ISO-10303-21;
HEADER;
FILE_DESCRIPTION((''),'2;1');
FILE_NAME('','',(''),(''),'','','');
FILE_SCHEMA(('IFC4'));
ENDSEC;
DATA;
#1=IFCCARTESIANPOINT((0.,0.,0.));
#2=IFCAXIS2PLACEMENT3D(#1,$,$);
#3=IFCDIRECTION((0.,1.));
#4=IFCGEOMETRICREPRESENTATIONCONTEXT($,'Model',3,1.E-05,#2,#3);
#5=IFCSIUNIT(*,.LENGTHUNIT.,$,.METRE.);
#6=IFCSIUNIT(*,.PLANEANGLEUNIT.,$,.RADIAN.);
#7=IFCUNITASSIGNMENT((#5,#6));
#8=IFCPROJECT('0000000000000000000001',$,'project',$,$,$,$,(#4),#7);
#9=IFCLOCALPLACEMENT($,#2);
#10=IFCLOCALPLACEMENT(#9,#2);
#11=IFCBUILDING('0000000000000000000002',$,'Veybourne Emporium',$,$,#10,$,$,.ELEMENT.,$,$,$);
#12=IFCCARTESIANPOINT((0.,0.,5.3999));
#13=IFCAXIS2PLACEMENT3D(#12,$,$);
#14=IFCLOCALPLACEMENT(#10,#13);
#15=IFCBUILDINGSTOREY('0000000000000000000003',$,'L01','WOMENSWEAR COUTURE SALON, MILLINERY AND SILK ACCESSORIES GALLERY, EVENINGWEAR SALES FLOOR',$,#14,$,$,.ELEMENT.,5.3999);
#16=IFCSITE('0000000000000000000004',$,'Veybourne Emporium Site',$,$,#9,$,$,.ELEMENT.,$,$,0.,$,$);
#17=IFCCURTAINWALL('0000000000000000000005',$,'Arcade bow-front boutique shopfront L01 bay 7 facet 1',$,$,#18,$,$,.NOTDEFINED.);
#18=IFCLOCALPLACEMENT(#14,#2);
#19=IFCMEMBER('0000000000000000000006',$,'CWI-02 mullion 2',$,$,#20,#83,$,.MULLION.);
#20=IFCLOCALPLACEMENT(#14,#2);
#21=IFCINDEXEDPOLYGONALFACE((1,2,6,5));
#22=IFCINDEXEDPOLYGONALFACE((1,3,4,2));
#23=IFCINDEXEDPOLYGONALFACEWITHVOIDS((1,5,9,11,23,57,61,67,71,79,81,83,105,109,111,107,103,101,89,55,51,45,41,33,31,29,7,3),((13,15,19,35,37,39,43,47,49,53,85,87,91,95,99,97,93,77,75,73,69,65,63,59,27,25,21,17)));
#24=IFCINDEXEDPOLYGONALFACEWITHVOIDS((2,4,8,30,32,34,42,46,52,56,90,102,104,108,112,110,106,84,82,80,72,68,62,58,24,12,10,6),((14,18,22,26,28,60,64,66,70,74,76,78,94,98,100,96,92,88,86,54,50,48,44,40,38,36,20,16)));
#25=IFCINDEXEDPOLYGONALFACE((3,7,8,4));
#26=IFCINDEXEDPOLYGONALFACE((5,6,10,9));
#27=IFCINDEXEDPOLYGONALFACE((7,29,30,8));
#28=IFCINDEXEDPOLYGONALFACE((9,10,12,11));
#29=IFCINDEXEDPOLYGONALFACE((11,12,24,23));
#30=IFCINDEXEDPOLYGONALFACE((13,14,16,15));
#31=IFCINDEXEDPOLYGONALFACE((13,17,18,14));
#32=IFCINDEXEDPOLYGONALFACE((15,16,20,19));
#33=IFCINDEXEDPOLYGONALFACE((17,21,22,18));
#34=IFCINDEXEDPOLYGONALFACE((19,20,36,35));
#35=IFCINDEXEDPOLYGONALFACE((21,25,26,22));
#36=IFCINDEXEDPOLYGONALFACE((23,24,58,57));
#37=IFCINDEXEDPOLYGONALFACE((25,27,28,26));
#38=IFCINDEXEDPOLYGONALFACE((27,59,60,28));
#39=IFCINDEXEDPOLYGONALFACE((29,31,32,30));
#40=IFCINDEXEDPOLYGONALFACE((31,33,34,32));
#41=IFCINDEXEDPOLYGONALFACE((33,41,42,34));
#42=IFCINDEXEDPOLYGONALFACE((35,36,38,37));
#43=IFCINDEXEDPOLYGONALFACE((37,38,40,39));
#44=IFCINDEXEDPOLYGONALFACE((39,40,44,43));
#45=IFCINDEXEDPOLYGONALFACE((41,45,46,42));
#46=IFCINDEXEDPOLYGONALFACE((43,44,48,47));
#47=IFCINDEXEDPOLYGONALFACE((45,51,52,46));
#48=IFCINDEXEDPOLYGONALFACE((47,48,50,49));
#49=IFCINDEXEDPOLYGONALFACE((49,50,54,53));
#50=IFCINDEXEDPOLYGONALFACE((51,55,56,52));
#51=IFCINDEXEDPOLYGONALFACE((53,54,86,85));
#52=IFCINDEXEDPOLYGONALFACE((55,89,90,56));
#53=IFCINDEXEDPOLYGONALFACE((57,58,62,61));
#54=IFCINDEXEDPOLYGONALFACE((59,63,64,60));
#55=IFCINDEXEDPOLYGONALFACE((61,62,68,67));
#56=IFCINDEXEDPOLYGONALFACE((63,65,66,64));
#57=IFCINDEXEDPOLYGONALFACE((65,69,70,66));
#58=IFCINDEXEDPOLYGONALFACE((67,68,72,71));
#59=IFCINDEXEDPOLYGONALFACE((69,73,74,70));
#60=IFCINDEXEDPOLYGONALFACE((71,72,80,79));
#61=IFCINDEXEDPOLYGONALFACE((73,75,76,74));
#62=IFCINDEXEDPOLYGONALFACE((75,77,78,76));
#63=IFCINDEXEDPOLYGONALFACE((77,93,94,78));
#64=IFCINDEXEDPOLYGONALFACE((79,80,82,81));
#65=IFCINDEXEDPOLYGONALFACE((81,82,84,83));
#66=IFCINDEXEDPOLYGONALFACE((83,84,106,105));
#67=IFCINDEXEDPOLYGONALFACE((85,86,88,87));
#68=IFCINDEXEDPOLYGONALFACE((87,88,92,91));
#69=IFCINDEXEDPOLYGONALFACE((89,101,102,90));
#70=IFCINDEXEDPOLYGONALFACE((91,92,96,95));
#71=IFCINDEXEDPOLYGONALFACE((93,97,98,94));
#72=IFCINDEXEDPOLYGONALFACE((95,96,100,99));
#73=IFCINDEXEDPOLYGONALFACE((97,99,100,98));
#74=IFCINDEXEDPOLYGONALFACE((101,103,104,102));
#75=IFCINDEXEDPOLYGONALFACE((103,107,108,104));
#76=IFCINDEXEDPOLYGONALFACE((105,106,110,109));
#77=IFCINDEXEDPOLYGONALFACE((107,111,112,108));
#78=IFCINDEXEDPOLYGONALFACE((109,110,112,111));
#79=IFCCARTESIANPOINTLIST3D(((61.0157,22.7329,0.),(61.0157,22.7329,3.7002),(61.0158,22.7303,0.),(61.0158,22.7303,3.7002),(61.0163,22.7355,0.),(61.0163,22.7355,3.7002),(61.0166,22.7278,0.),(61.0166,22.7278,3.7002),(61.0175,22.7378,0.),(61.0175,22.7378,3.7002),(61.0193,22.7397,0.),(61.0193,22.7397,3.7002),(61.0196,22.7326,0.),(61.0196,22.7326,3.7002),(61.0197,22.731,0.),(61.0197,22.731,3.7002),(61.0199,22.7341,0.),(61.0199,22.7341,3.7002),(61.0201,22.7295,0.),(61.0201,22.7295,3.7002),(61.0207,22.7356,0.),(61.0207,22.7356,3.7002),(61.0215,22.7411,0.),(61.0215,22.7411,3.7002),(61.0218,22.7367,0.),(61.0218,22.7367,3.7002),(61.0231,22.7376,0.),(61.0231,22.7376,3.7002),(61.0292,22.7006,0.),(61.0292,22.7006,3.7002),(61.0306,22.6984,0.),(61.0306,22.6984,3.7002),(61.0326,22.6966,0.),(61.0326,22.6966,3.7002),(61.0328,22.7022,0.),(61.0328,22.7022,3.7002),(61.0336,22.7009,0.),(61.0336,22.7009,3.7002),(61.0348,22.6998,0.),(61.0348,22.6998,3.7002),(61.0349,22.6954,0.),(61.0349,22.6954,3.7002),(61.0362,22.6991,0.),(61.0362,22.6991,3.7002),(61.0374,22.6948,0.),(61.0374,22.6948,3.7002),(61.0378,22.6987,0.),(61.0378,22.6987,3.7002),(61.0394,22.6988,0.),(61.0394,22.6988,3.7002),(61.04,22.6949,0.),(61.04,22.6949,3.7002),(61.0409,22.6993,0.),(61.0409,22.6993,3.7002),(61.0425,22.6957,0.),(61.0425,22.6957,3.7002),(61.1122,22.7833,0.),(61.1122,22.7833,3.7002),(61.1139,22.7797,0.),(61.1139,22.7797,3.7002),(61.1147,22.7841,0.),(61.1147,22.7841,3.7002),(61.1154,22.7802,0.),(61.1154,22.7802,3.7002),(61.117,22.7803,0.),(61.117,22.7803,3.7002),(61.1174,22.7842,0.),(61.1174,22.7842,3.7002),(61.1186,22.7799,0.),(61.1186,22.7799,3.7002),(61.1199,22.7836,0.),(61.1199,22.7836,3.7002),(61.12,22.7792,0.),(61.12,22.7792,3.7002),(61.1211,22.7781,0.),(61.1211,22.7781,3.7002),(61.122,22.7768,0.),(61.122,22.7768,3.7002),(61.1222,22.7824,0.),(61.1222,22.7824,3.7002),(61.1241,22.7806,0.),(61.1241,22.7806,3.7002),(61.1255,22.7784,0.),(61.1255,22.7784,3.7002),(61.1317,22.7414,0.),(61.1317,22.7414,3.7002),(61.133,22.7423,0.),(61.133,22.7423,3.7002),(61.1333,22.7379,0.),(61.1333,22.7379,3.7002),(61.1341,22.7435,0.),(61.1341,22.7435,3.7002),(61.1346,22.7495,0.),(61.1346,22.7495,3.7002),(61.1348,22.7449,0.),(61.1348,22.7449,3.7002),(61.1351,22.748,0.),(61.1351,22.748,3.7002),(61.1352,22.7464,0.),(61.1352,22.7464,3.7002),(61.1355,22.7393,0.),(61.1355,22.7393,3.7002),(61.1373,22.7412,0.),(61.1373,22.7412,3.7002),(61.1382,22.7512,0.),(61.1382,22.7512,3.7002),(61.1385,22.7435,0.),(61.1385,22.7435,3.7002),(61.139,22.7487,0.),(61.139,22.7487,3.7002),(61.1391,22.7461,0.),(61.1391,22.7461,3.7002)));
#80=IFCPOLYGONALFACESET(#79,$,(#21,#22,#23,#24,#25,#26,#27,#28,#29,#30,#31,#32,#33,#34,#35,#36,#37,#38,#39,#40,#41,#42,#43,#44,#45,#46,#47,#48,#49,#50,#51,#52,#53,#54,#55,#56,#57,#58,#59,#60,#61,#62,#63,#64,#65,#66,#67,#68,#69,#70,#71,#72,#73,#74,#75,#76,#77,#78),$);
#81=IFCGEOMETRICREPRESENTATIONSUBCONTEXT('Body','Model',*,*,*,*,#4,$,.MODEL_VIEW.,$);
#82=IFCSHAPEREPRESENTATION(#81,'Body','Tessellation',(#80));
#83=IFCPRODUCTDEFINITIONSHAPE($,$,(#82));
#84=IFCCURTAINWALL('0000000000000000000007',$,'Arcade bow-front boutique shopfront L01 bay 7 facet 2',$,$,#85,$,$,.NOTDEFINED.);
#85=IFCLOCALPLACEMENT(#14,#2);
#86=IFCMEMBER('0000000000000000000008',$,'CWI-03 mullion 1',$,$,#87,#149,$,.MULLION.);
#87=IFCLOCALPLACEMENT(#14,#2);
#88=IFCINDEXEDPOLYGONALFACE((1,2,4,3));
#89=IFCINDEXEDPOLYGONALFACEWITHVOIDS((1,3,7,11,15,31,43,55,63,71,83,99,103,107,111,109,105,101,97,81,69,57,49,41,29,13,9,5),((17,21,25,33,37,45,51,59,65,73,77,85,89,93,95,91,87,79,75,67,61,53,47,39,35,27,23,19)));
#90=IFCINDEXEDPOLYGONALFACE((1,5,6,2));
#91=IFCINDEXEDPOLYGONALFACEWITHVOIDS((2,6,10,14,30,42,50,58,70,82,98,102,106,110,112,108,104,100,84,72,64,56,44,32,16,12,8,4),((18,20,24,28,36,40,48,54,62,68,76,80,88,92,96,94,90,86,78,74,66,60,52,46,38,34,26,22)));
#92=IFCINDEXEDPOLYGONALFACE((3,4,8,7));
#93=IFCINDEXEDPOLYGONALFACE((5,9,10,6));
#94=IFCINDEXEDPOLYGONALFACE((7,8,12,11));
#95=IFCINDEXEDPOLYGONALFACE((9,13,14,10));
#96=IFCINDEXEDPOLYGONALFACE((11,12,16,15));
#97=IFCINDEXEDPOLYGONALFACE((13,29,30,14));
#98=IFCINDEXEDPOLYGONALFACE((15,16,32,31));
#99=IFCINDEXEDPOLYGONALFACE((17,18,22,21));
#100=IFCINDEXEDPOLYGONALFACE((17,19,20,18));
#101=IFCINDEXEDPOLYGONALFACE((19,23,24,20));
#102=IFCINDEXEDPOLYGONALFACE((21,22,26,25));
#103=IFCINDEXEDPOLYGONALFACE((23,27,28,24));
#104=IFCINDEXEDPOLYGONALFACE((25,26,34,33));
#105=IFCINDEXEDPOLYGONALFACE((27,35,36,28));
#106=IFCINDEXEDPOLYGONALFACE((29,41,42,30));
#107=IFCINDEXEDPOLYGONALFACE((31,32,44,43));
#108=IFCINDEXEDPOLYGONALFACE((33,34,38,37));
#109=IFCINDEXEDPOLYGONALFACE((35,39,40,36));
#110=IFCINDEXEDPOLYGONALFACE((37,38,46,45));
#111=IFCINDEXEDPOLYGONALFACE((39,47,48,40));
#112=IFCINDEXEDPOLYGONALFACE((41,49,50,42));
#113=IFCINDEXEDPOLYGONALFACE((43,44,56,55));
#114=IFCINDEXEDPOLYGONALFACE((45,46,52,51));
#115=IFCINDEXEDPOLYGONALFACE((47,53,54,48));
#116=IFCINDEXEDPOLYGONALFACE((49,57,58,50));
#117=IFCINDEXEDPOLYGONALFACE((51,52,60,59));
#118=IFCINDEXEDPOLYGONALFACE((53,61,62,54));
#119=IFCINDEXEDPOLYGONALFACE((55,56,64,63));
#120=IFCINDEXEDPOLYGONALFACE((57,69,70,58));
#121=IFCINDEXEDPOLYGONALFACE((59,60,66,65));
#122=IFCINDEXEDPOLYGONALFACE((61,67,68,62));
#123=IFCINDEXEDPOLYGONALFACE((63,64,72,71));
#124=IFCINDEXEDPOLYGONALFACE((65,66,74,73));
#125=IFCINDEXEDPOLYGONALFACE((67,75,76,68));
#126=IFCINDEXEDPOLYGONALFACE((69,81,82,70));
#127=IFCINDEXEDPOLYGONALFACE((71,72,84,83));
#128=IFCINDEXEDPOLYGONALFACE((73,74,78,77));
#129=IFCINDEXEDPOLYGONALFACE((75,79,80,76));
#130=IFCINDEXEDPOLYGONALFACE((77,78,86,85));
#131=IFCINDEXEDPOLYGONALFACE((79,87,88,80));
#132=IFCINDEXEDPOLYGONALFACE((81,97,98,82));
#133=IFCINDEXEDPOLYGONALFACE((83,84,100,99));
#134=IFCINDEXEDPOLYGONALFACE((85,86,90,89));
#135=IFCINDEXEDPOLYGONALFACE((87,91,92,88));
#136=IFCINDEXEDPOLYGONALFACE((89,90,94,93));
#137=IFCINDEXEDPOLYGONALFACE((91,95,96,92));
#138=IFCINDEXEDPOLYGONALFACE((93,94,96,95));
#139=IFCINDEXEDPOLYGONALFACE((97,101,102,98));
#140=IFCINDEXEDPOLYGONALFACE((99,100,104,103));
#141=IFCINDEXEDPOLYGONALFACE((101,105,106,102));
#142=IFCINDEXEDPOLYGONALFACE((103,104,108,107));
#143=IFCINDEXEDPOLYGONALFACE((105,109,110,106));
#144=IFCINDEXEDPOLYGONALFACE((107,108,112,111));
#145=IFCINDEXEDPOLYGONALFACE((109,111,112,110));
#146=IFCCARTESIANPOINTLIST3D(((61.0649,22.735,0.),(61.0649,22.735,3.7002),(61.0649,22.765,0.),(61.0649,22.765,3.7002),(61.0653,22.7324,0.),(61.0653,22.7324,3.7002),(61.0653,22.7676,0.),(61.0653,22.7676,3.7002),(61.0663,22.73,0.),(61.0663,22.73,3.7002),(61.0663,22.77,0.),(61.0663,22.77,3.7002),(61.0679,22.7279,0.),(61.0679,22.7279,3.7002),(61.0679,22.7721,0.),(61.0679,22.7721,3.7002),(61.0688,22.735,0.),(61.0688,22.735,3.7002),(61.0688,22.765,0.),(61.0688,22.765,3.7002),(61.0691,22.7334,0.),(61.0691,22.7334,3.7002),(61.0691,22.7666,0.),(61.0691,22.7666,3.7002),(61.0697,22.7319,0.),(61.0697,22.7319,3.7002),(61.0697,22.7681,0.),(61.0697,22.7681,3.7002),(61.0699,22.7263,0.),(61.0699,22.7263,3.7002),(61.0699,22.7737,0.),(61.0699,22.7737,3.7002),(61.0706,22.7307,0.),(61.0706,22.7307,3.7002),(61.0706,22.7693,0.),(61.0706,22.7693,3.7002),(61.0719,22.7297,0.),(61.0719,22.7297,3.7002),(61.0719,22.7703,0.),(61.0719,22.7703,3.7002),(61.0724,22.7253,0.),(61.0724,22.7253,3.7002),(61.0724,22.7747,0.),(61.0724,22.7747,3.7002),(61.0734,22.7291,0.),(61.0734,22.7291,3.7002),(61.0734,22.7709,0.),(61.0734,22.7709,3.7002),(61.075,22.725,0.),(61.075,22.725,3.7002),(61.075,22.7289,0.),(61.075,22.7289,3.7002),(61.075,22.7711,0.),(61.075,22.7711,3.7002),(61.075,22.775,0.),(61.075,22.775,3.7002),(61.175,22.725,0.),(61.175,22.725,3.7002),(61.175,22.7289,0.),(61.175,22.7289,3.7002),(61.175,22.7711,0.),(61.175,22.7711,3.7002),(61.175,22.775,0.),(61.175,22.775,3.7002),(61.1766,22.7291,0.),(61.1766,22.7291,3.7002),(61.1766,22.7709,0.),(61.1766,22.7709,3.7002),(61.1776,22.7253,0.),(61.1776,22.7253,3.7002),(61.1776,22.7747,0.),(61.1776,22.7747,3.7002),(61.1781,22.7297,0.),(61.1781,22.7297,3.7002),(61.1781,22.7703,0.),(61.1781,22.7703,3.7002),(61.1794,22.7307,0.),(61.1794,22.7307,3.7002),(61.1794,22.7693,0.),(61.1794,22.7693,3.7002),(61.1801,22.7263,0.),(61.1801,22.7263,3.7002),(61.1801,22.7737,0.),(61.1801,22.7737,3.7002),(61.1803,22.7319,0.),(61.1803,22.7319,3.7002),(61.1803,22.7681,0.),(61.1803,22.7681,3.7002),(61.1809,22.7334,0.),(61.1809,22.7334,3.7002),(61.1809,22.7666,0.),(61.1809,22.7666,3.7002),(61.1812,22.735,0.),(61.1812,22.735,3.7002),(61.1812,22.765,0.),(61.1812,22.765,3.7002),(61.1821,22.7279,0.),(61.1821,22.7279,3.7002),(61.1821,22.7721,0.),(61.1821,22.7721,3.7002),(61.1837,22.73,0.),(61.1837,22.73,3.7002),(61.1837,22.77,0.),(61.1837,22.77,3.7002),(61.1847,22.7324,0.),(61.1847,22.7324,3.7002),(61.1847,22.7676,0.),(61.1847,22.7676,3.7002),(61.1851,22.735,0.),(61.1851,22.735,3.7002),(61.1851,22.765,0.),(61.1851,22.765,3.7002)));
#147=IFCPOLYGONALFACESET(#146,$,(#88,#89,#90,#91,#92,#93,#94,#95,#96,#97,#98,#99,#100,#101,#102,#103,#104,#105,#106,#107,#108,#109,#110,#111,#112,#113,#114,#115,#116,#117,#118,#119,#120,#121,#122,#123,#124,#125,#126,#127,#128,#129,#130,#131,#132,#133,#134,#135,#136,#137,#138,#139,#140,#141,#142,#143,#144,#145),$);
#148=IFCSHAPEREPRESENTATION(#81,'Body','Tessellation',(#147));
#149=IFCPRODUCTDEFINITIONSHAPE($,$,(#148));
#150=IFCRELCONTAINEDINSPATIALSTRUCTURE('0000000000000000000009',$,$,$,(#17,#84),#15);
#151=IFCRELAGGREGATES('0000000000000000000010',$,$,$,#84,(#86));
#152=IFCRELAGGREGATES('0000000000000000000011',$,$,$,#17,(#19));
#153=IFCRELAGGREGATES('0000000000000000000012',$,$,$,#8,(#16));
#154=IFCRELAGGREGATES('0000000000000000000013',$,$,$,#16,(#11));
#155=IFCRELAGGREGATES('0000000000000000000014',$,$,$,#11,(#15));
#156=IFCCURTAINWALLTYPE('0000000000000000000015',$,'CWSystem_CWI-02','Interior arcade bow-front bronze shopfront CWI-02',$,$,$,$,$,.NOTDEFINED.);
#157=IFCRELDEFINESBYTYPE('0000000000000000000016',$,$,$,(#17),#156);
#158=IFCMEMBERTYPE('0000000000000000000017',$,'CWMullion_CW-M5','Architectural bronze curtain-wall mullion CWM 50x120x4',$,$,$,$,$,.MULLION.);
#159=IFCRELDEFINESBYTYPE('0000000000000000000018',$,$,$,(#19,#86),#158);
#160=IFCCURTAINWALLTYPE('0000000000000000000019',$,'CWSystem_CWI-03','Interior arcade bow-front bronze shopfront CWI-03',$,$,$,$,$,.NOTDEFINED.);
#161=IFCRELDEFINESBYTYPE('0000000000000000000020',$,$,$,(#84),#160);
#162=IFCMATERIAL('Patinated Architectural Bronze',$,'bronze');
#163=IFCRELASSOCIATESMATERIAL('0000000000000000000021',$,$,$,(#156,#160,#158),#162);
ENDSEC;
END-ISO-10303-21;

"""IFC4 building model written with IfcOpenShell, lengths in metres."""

from ifc_helpers import new_model, si_unit, direction, frame, origin, origin_2d, place, context, subcontext, project, spatial, hollow_rectangle, extrude, material, material_profile, profile_set, type_object, element, aggregate, save


model = new_model("IFC4")

# Units and contexts
model_context = context("Model", 3, precision=1e-05, world=origin(), true_north=direction((0.0, 1.0)))
body_context = subcontext(model_context, "Body", "Model", "MODEL_VIEW")
ifc_project = project(units=[si_unit("LENGTHUNIT", "METRE"), si_unit("PLANEANGLEUNIT", "RADIAN")], contexts=[model_context])

# Site, building, storey
site_placement = place(None, origin())
site = spatial("IfcSite", under=ifc_project, at=site_placement, Name="Veybourne Emporium Site", CompositionType="ELEMENT", RefElevation=0.0)
building_placement = place(site_placement, origin())
building = spatial("IfcBuilding", under=site, at=building_placement, Name="Veybourne Emporium", CompositionType="ELEMENT")
storey_placement = place(building_placement, frame((0.0, 0.0, 5.3999)))
storey = spatial("IfcBuildingStorey", under=building, at=storey_placement, Name="L01", Description="WOMENSWEAR COUTURE SALON, MILLINERY AND SILK ACCESSORIES GALLERY, EVENINGWEAR SALES FLOOR", CompositionType="ELEMENT", Elevation=5.3999)

# Shared definitions
ifc_material_1 = material(Name="Patinated Architectural Bronze", Category="bronze")

# Curtain wall, member
curtain_wall_type_1 = type_object("IfcCurtainWallType", Name="CWSystem_CWI-02", Description="Interior arcade bow-front bronze shopfront CWI-02", PredefinedType="NOTDEFINED", material=ifc_material_1)
curtain_wall_1_placement = place(storey_placement, origin())
curtain_wall_1 = element("IfcCurtainWall", 1, at=curtain_wall_1_placement, inside=storey, type_object=curtain_wall_type_1, Name="Arcade bow-front boutique shopfront L01 bay 7 facet 1", PredefinedType="NOTDEFINED")
ifc_material_profile_1 = material_profile(ifc_material_1, hollow_rectangle(XDim=0.05, YDim=0.1201, WallThickness=0.0039, InnerFilletRadius=0.0061, OuterFilletRadius=0.01, at=origin_2d()), Name="CWM 50x120x4")
ifc_profile_set_1 = profile_set([ifc_material_profile_1], Name="Patinated Architectural Bronze")
member_type_1 = type_object("IfcMemberType", Name="CWMullion_CW-M5", Description="Architectural bronze curtain-wall mullion CWM 50x120x4", PredefinedType="MULLION", material=ifc_profile_set_1)
member_1_placement = place(storey_placement, frame((61.0774, 22.7395, 0.0), z_axis=(0.0, 0.0, 1.0), x_axis=(-0.421111, 0.907009, 0.0)))
member_1 = element("IfcMember", 2, at=member_1_placement, type_object=member_type_1, Name="CWI-02 mullion 2", PredefinedType="MULLION", context=body_context, shape_type="SweptSolid", body=[
    extrude(hollow_rectangle(XDim=0.05, YDim=0.1201, WallThickness=0.0039, InnerFilletRadius=0.0061, OuterFilletRadius=0.01, at=origin_2d()), origin(), (0.0, 0.0, 1.0), 3.7002),
])

# Curtain wall, member
curtain_wall_type_2 = type_object("IfcCurtainWallType", Name="CWSystem_CWI-03", Description="Interior arcade bow-front bronze shopfront CWI-03", PredefinedType="NOTDEFINED", material=ifc_material_1)
curtain_wall_2_placement = place(storey_placement, origin())
curtain_wall_2 = element("IfcCurtainWall", 3, at=curtain_wall_2_placement, inside=storey, type_object=curtain_wall_type_2, Name="Arcade bow-front boutique shopfront L01 bay 7 facet 2", PredefinedType="NOTDEFINED")
member_2_placement = place(storey_placement, frame((61.125, 22.75, 0.0), z_axis=(0.0, 0.0, 1.0), x_axis=(0.0, 1.0, 0.0)))
member_2 = element("IfcMember", 4, at=member_2_placement, type_object=member_type_1, Name="CWI-03 mullion 1", PredefinedType="MULLION", context=body_context, shape_type="SweptSolid", body=[
    extrude(hollow_rectangle(XDim=0.05, YDim=0.1201, WallThickness=0.0039, InnerFilletRadius=0.0061, OuterFilletRadius=0.01, at=origin_2d()), origin(), (0.0, 0.0, 1.0), 3.7002),
])

aggregate(curtain_wall_2, [member_2])

aggregate(curtain_wall_1, [member_1])

save(model, "model.ifc")
